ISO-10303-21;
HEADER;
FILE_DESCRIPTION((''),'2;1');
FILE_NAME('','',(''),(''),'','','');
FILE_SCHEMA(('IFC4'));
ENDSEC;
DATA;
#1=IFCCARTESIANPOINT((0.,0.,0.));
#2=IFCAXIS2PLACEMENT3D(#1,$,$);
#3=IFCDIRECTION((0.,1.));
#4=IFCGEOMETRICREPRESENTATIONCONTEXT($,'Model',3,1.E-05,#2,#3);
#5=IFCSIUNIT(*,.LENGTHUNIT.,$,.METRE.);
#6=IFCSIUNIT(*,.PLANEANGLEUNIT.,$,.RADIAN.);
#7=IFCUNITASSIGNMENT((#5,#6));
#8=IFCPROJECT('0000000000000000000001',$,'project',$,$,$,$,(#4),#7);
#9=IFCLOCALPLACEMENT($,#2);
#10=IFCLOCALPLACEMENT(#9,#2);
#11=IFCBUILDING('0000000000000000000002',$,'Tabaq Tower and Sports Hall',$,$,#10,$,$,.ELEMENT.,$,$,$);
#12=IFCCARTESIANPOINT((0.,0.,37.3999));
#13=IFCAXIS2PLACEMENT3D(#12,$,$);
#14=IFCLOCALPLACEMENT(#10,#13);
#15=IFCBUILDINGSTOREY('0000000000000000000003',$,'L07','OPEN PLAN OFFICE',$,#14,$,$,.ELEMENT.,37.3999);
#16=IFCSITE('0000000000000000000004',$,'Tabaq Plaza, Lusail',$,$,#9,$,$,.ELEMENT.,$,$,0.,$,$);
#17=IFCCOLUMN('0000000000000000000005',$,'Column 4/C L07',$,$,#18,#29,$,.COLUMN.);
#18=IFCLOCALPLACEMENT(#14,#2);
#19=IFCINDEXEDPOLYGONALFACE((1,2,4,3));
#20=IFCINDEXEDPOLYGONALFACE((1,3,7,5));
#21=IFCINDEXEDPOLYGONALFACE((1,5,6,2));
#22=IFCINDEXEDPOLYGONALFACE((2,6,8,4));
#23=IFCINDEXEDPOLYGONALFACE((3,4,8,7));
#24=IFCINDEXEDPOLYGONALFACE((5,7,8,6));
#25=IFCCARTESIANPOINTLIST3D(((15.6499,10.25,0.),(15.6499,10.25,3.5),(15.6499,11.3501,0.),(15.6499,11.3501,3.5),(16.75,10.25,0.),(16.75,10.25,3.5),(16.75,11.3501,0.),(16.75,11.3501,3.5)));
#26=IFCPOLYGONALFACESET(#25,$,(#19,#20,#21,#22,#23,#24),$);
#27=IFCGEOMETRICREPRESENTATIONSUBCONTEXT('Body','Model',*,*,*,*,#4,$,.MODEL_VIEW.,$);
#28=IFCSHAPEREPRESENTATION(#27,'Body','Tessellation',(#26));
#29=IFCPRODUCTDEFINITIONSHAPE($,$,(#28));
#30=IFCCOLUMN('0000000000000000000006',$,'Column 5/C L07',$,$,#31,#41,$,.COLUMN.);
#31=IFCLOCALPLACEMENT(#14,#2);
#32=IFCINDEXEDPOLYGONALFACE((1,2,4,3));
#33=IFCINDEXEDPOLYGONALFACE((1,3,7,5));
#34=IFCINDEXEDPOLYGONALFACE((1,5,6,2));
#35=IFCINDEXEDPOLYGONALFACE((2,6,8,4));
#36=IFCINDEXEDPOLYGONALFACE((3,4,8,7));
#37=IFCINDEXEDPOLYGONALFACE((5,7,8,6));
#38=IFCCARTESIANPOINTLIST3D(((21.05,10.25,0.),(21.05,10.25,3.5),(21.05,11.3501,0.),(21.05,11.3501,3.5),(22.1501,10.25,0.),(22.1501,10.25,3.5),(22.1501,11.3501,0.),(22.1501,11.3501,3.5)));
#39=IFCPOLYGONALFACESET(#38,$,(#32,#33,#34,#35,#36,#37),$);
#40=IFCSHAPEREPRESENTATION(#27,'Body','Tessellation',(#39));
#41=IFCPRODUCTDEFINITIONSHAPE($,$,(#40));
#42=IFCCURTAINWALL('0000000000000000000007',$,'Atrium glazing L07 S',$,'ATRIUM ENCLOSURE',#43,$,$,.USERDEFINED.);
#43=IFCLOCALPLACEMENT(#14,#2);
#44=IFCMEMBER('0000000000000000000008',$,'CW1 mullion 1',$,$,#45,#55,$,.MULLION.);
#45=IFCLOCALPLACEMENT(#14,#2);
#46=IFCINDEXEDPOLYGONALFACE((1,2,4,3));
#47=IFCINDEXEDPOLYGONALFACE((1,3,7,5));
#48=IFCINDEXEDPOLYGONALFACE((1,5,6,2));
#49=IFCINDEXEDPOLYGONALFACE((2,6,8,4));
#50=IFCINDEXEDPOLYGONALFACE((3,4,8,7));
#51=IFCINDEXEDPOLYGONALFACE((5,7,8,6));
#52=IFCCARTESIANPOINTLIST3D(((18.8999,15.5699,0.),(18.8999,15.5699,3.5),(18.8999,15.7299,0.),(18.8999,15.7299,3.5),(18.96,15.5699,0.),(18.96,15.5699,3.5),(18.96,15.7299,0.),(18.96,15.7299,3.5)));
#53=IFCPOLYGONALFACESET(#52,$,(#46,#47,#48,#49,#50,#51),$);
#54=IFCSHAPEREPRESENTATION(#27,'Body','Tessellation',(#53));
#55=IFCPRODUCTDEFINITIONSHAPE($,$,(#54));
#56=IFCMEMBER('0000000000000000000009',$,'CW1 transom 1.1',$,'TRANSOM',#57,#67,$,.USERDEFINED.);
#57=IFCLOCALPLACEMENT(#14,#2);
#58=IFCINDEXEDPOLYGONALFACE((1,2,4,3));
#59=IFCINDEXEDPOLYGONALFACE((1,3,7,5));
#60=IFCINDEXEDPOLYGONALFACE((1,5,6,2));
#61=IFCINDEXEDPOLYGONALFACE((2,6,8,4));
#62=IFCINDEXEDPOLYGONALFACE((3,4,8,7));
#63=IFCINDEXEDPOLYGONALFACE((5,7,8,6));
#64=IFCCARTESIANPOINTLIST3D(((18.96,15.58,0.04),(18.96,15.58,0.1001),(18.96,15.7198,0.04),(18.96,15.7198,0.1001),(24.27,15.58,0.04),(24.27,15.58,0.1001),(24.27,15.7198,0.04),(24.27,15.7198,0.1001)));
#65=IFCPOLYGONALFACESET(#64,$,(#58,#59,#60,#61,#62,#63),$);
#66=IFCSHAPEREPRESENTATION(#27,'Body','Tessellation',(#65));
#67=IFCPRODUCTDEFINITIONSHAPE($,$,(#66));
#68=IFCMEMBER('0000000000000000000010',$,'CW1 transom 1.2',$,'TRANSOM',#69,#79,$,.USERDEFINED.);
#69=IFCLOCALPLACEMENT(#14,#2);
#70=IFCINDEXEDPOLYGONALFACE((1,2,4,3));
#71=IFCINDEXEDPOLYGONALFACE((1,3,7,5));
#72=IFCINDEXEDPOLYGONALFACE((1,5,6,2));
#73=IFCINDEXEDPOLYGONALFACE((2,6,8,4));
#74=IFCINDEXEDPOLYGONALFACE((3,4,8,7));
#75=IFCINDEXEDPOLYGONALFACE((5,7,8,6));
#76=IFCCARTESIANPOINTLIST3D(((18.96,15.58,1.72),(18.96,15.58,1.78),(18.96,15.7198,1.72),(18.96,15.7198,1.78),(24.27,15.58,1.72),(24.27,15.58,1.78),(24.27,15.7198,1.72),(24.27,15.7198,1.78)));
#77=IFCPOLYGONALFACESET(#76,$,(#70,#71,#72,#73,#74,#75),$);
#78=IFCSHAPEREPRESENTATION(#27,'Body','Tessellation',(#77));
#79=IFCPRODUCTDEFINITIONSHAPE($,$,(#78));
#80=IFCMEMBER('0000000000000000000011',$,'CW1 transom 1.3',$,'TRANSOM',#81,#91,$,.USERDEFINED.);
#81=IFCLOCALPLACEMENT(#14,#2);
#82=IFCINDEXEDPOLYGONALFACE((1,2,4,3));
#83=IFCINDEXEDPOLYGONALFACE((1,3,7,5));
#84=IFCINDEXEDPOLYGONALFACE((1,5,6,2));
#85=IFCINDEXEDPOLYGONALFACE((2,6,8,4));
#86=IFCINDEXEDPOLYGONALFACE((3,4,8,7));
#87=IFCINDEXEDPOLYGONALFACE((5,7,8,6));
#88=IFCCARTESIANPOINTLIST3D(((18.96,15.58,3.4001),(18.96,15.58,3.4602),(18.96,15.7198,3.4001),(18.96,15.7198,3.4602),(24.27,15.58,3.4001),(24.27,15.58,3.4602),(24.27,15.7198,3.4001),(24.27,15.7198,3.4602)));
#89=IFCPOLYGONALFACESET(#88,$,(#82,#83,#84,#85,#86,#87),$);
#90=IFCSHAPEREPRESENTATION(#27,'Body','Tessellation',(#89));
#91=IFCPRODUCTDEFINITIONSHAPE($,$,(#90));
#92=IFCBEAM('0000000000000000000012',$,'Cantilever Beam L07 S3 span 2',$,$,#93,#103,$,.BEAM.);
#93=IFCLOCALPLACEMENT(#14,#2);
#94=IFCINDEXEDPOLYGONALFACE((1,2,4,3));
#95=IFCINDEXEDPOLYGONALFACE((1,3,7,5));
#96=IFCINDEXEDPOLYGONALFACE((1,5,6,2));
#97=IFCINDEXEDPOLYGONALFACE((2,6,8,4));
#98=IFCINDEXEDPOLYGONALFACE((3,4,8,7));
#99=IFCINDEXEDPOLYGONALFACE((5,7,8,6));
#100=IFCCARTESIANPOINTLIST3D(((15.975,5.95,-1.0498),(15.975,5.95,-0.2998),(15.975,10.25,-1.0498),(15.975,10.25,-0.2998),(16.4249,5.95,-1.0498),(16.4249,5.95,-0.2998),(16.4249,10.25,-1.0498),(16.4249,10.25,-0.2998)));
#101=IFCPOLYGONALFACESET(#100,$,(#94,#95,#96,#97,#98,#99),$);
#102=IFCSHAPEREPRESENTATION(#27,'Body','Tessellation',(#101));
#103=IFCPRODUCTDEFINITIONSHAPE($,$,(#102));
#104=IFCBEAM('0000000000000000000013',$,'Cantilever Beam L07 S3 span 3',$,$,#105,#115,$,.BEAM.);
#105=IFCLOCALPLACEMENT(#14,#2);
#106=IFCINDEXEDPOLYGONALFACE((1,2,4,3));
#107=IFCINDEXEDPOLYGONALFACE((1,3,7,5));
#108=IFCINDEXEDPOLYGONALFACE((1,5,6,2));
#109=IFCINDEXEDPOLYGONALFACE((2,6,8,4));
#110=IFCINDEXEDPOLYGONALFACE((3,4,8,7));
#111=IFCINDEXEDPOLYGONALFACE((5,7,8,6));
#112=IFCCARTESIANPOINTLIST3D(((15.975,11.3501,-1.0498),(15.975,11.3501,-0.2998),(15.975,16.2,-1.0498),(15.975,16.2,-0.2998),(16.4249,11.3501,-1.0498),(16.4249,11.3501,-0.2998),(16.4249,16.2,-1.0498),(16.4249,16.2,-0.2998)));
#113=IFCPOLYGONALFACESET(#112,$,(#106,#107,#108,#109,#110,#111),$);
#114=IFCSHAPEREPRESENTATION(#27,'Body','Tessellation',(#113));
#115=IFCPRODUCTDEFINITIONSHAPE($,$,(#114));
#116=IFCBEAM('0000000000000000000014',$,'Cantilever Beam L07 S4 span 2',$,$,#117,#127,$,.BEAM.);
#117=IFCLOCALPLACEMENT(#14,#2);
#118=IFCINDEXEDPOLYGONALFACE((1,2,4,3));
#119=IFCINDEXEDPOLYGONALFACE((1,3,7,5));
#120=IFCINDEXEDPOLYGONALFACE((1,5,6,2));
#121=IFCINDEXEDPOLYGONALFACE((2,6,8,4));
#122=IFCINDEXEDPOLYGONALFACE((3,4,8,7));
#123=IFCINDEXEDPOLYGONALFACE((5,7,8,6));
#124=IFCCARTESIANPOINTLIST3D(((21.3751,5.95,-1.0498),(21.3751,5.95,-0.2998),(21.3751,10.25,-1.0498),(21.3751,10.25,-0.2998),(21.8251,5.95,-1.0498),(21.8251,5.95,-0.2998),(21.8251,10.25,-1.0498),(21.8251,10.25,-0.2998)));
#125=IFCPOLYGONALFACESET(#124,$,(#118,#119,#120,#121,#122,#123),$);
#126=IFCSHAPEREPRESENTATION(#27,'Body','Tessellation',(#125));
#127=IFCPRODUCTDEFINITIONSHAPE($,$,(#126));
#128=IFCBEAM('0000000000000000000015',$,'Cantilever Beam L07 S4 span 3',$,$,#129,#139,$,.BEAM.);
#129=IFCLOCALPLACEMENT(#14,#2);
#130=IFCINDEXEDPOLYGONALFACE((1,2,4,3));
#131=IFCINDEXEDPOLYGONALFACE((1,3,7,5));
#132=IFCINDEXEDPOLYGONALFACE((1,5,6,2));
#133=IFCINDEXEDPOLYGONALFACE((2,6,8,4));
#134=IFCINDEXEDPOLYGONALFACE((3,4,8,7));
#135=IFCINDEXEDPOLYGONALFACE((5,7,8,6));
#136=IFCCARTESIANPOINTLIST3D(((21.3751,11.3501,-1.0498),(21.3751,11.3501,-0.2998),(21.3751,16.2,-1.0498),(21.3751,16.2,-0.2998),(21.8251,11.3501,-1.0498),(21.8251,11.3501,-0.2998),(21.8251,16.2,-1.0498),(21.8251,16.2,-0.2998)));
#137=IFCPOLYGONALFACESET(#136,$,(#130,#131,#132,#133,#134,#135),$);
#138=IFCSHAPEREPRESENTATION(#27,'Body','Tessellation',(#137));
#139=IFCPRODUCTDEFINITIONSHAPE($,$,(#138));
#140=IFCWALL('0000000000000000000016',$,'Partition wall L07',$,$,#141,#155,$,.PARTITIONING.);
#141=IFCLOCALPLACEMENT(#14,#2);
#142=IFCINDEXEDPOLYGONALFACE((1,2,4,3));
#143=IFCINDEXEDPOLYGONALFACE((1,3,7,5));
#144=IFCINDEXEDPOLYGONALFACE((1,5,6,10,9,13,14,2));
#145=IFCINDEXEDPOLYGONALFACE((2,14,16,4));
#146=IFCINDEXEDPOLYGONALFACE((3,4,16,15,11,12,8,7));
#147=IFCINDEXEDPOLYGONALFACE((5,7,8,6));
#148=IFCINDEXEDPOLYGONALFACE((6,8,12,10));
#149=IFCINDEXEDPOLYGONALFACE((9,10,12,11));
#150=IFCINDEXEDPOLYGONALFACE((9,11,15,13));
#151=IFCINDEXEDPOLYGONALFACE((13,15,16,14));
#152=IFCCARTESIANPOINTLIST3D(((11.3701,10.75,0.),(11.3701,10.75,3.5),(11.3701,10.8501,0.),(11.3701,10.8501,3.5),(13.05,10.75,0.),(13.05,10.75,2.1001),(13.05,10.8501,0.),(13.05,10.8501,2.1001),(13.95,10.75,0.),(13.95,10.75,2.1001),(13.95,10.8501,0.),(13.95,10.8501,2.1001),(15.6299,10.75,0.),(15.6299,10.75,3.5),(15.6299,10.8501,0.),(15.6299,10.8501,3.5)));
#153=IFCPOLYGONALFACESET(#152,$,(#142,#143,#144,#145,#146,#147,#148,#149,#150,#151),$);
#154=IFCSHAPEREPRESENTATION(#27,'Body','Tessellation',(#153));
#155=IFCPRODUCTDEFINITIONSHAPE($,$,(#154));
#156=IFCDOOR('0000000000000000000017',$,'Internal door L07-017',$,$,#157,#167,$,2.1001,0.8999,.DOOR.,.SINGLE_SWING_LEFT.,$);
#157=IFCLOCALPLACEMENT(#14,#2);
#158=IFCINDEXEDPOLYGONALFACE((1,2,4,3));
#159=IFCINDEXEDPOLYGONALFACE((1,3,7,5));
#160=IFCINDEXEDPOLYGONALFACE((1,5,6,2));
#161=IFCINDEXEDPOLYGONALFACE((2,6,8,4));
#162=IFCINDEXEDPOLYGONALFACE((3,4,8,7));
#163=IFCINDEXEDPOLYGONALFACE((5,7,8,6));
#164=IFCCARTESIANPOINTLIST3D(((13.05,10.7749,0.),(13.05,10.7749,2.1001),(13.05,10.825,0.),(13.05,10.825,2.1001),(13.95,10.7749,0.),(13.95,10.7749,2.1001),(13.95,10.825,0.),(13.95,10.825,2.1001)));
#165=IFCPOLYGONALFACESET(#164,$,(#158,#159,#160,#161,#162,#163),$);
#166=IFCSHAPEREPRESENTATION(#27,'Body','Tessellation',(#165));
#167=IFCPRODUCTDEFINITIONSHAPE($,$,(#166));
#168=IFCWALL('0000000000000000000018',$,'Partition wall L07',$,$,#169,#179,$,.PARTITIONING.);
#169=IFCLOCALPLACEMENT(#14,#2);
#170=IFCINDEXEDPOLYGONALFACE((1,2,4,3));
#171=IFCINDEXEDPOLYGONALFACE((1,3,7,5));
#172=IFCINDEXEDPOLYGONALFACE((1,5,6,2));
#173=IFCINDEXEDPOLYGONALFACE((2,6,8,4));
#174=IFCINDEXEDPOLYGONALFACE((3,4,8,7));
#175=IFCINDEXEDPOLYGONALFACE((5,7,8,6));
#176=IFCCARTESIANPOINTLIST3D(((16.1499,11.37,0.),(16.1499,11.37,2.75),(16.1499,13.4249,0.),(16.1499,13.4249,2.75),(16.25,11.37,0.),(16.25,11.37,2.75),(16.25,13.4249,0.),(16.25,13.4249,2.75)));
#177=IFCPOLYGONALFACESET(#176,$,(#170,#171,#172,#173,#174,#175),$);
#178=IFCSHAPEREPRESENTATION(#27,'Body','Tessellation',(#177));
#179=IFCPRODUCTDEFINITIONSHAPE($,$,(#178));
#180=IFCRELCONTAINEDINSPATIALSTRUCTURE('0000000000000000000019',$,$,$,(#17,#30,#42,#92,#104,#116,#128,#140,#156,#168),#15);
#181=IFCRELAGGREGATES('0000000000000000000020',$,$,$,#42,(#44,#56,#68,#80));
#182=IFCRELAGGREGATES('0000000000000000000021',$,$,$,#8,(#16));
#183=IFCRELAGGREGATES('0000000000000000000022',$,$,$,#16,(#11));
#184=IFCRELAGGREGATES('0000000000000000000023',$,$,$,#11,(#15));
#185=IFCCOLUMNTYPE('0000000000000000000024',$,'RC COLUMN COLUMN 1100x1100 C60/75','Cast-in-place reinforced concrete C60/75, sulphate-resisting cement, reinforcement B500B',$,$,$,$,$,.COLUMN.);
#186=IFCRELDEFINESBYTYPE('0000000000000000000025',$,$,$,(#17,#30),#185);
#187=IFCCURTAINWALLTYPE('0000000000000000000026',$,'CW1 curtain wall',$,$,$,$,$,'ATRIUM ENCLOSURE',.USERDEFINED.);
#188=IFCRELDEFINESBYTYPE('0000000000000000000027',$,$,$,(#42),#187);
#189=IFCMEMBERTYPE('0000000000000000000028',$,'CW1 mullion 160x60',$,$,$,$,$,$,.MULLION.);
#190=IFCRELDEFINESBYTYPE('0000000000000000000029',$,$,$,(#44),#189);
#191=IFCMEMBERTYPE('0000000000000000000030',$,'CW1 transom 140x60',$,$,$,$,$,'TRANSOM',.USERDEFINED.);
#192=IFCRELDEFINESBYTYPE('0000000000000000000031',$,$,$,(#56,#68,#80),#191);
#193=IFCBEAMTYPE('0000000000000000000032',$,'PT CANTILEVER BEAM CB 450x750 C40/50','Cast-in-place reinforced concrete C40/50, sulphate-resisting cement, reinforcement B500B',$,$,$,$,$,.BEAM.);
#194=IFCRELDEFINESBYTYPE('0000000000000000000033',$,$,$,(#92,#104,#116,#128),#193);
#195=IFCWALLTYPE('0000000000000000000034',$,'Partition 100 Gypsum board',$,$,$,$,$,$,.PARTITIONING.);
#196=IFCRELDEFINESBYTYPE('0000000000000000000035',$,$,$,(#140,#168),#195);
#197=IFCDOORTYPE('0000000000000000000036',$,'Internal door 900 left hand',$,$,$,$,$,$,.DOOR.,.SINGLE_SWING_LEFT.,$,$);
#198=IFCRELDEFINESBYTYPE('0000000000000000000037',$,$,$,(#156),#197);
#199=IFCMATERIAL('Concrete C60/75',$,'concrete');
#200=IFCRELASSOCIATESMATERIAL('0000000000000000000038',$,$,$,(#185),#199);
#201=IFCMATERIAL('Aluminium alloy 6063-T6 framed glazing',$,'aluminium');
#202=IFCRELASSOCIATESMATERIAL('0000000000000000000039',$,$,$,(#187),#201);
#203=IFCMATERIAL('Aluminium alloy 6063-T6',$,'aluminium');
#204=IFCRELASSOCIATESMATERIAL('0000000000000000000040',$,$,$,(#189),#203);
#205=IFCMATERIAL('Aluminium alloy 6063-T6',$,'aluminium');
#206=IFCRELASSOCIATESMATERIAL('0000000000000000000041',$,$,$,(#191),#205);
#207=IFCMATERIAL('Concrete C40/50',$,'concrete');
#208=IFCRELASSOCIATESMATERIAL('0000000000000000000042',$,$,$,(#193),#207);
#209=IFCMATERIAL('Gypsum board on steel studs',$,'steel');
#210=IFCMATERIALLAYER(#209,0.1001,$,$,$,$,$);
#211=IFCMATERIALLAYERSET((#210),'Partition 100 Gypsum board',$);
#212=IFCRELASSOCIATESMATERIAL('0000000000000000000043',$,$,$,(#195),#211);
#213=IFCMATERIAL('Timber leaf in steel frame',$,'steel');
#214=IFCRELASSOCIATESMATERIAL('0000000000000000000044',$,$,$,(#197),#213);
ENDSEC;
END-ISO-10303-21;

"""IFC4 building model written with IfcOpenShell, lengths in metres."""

from ifc_helpers import new_model, si_unit, direction, frame, frame_2d, origin, origin_2d, place, context, subcontext, project, spatial, rectangle, extrude, material, layer, layer_set, material_profile, profile_set, type_object, element, fill, aggregate, save


model = new_model("IFC4")

# Units and contexts
model_context = context("Model", 3, precision=1e-05, world=origin(), true_north=direction((0.0, 1.0)))
body_context = subcontext(model_context, "Body", "Model", "MODEL_VIEW")
ifc_project = project(units=[si_unit("LENGTHUNIT", "METRE"), si_unit("PLANEANGLEUNIT", "RADIAN")], contexts=[model_context])

# Site, building, storey
site_placement = place(None, origin())
site = spatial("IfcSite", under=ifc_project, at=site_placement, Name="Tabaq Plaza, Lusail", CompositionType="ELEMENT", RefElevation=0.0)
building_placement = place(site_placement, origin())
building = spatial("IfcBuilding", under=site, at=building_placement, Name="Tabaq Tower and Sports Hall", CompositionType="ELEMENT")
storey_placement = place(building_placement, frame((0.0, 0.0, 37.3999)))
storey = spatial("IfcBuildingStorey", under=building, at=storey_placement, Name="L07", Description="OPEN PLAN OFFICE", CompositionType="ELEMENT", Elevation=37.3999)

# Columns
ifc_material_1 = material(Name="Concrete C60/75", Category="concrete")
ifc_material_profile_1 = material_profile(ifc_material_1, rectangle(XDim=1.1001, YDim=1.1001, at=origin_2d()), Name="COLUMN 1100x1100")
ifc_profile_set_1 = profile_set([ifc_material_profile_1], Name="Concrete C60/75")
column_type = type_object("IfcColumnType", Name="RC COLUMN COLUMN 1100x1100 C60/75", Description="Cast-in-place reinforced concrete C60/75, sulphate-resisting cement, reinforcement B500B", PredefinedType="COLUMN", material=ifc_profile_set_1)
for number, where, z_axis, x_axis, name in (
    (1, (16.2, 10.8, 0.0), (0.0, 0.0, 1.0), (1.0, 0.0, 0.0), "Column 4/C L07"),
    (2, (21.6001, 10.8, 0.0), (0.0, 0.0, 1.0), (1.0, 0.0, 0.0), "Column 5/C L07"),
):
    element("IfcColumn", number, at=place(storey_placement, frame(where, z_axis=z_axis, x_axis=x_axis)), inside=storey, type_object=column_type, Name=name, PredefinedType="COLUMN", context=body_context, shape_type="SweptSolid", body=[
        extrude(rectangle(XDim=1.1001, YDim=1.1001, at=origin_2d()), origin(), (0.0, 0.0, 1.0), 3.5),
    ])

# Curtain wall, members
ifc_material_2 = material(Name="Aluminium alloy 6063-T6 framed glazing", Category="aluminium")
curtain_wall_type = type_object("IfcCurtainWallType", Name="CW1 curtain wall", ElementType="ATRIUM ENCLOSURE", PredefinedType="USERDEFINED", material=ifc_material_2)
curtain_wall_placement = place(storey_placement, origin())
curtain_wall = element("IfcCurtainWall", 3, at=curtain_wall_placement, inside=storey, type_object=curtain_wall_type, Name="Atrium glazing L07 S", ObjectType="ATRIUM ENCLOSURE", PredefinedType="USERDEFINED")
ifc_material_3 = material(Name="Aluminium alloy 6063-T6", Category="aluminium")
ifc_material_profile_2 = material_profile(ifc_material_3, rectangle(XDim=0.1599, YDim=0.0601, at=origin_2d()), Name="MULLION 160x60")
ifc_profile_set_2 = profile_set([ifc_material_profile_2], Name="Aluminium alloy 6063-T6")
member_type_1 = type_object("IfcMemberType", Name="CW1 mullion 160x60", PredefinedType="MULLION", material=ifc_profile_set_2)
member_1_placement = place(storey_placement, frame((18.9299, 15.6499, 0.0), z_axis=(0.0, 0.0, 1.0), x_axis=(0.0, 1.0, 0.0)))
member_1 = element("IfcMember", 4, at=member_1_placement, type_object=member_type_1, Name="CW1 mullion 1", PredefinedType="MULLION", context=body_context, shape_type="SweptSolid", body=[
    extrude(rectangle(XDim=0.1599, YDim=0.0601, at=origin_2d()), origin(), (0.0, 0.0, 1.0), 3.5),
])
ifc_material_4 = material(Name="Aluminium alloy 6063-T6", Category="aluminium")
ifc_material_profile_3 = material_profile(ifc_material_4, rectangle(XDim=0.1399, YDim=0.0601, at=origin_2d()), Name="TRANSOM 140x60")
ifc_profile_set_3 = profile_set([ifc_material_profile_3], Name="Aluminium alloy 6063-T6")
member_type_2 = type_object("IfcMemberType", Name="CW1 transom 140x60", ElementType="TRANSOM", PredefinedType="USERDEFINED", material=ifc_profile_set_3)
member_2_placement = place(storey_placement, frame((18.96, 15.6499, 0.0701), z_axis=(1.0, 0.0, 0.0), x_axis=(0.0, 1.0, 0.0)))
member_2 = element("IfcMember", 5, at=member_2_placement, type_object=member_type_2, Name="CW1 transom 1.1", ObjectType="TRANSOM", PredefinedType="USERDEFINED", context=body_context, shape_type="SweptSolid", body=[
    extrude(rectangle(XDim=0.1399, YDim=0.0601, at=origin_2d()), origin(), (0.0, 0.0, 1.0), 5.3101),
])
member_3_placement = place(storey_placement, frame((18.96, 15.6499, 1.75), z_axis=(1.0, 0.0, 0.0), x_axis=(0.0, 1.0, 0.0)))
member_3 = element("IfcMember", 6, at=member_3_placement, type_object=member_type_2, Name="CW1 transom 1.2", ObjectType="TRANSOM", PredefinedType="USERDEFINED", context=body_context, shape_type="SweptSolid", body=[
    extrude(rectangle(XDim=0.1399, YDim=0.0601, at=origin_2d()), origin(), (0.0, 0.0, 1.0), 5.3101),
])
member_4_placement = place(storey_placement, frame((18.96, 15.6499, 3.4302), z_axis=(1.0, 0.0, 0.0), x_axis=(0.0, 1.0, 0.0)))
member_4 = element("IfcMember", 7, at=member_4_placement, type_object=member_type_2, Name="CW1 transom 1.3", ObjectType="TRANSOM", PredefinedType="USERDEFINED", context=body_context, shape_type="SweptSolid", body=[
    extrude(rectangle(XDim=0.1399, YDim=0.0601, at=origin_2d()), origin(), (0.0, 0.0, 1.0), 5.3101),
])
aggregate(curtain_wall, [member_1, member_2, member_3, member_4])

# Beams
ifc_material_5 = material(Name="Concrete C40/50", Category="concrete")
ifc_material_profile_4 = material_profile(ifc_material_5, rectangle(XDim=0.45, YDim=0.75, at=origin_2d()), Name="CB 450x750")
ifc_profile_set_4 = profile_set([ifc_material_profile_4], Name="Concrete C40/50")
beam_type = type_object("IfcBeamType", Name="PT CANTILEVER BEAM CB 450x750 C40/50", Description="Cast-in-place reinforced concrete C40/50, sulphate-resisting cement, reinforcement B500B", PredefinedType="BEAM", material=ifc_profile_set_4)
beam_1_placement = place(storey_placement, frame((16.2, 5.95, -0.6748), z_axis=(0.0, 1.0, 0.0), x_axis=(-1.0, 0.0, 0.0)))
element("IfcBeam", 8, at=beam_1_placement, inside=storey, type_object=beam_type, Name="Cantilever Beam L07 S3 span 2", PredefinedType="BEAM", context=body_context, shape_type="SweptSolid", body=[
    extrude(rectangle(XDim=0.45, YDim=0.75, at=origin_2d()), origin(), (0.0, 0.0, 1.0), 4.3),
])
beam_2_placement = place(storey_placement, frame((16.2, 11.3501, -0.6748), z_axis=(0.0, 1.0, 0.0), x_axis=(-1.0, 0.0, 0.0)))
element("IfcBeam", 9, at=beam_2_placement, inside=storey, type_object=beam_type, Name="Cantilever Beam L07 S3 span 3", PredefinedType="BEAM", context=body_context, shape_type="SweptSolid", body=[
    extrude(rectangle(XDim=0.45, YDim=0.75, at=origin_2d()), origin(), (0.0, 0.0, 1.0), 4.8499),
])
beam_3_placement = place(storey_placement, frame((21.6001, 5.95, -0.6748), z_axis=(0.0, 1.0, 0.0), x_axis=(-1.0, 0.0, 0.0)))
element("IfcBeam", 10, at=beam_3_placement, inside=storey, type_object=beam_type, Name="Cantilever Beam L07 S4 span 2", PredefinedType="BEAM", context=body_context, shape_type="SweptSolid", body=[
    extrude(rectangle(XDim=0.45, YDim=0.75, at=origin_2d()), origin(), (0.0, 0.0, 1.0), 4.3),
])
beam_4_placement = place(storey_placement, frame((21.6001, 11.3501, -0.6748), z_axis=(0.0, 1.0, 0.0), x_axis=(-1.0, 0.0, 0.0)))
element("IfcBeam", 11, at=beam_4_placement, inside=storey, type_object=beam_type, Name="Cantilever Beam L07 S4 span 3", PredefinedType="BEAM", context=body_context, shape_type="SweptSolid", body=[
    extrude(rectangle(XDim=0.45, YDim=0.75, at=origin_2d()), origin(), (0.0, 0.0, 1.0), 4.8499),
])

# Wall, opening, door
ifc_material_6 = material(Name="Gypsum board on steel studs", Category="steel")
ifc_layer_1 = layer(ifc_material_6, 0.1001)
ifc_layer_set_1 = layer_set([ifc_layer_1], Name="Partition 100 Gypsum board")
wall_type_1 = type_object("IfcWallType", Name="Partition 100 Gypsum board", PredefinedType="PARTITIONING", material=ifc_layer_set_1)
wall_1_placement = place(storey_placement, frame((11.3701, 10.8, 0.0), z_axis=(0.0, 0.0, 1.0), x_axis=(1.0, 0.0, 0.0)))
wall_1 = element("IfcWall", 12, at=wall_1_placement, inside=storey, type_object=wall_type_1, Name="Partition wall L07", PredefinedType="PARTITIONING", context=body_context, shape_type="SweptSolid", body=[
    extrude(rectangle(XDim=4.2598, YDim=0.1001, at=frame_2d((2.1299, 0.0))), origin(), (0.0, 0.0, 1.0), 3.5),
])
opening_1_placement = place(wall_1_placement, frame((1.6799, 0.0, 0.0)))
opening_1 = element("IfcOpeningElement", 13, at=opening_1_placement, cuts=wall_1, PredefinedType="OPENING", context=body_context, shape_type="SweptSolid", body=[
    extrude(rectangle(XDim=0.8999, YDim=2.1001, at=frame_2d((0.45, 1.05))), frame((0.0, 0.05, 0.0), z_axis=(0.0, -1.0, 0.0), x_axis=(1.0, 0.0, 0.0)), (0.0, 0.0, 1.0), 0.1001),
])
ifc_material_7 = material(Name="Timber leaf in steel frame", Category="steel")
door_type_1 = type_object("IfcDoorType", Name="Internal door 900 left hand", OperationType="SINGLE_SWING_LEFT", PredefinedType="DOOR", material=ifc_material_7)
door_1_placement = place(opening_1_placement, origin())
door_1 = element("IfcDoor", 14, at=door_1_placement, inside=storey, type_object=door_type_1, Name="Internal door L07-017", OperationType="SINGLE_SWING_LEFT", OverallHeight=2.1001, OverallWidth=0.8999, PredefinedType="DOOR", context=body_context, shape_type="SweptSolid", body=[
    extrude(rectangle(XDim=0.8999, YDim=2.1001, at=frame_2d((0.45, 1.05))), frame((0.0, 0.0249, 0.0), z_axis=(0.0, -1.0, 0.0), x_axis=(1.0, 0.0, 0.0)), (0.0, 0.0, 1.0), 0.05),
])
fill(opening_1, door_1)

# Wall
wall_2_placement = place(storey_placement, frame((16.2, 11.3701, 0.0), z_axis=(0.0, 0.0, 1.0), x_axis=(0.0, 1.0, 0.0)))
element("IfcWall", 15, at=wall_2_placement, inside=storey, type_object=wall_type_1, Name="Partition wall L07", PredefinedType="PARTITIONING", context=body_context, shape_type="SweptSolid", body=[
    extrude(rectangle(XDim=2.0549, YDim=0.1001, at=frame_2d((1.0273, 0.0))), origin(), (0.0, 0.0, 1.0), 2.75),
])

save(model, "model.ifc")
